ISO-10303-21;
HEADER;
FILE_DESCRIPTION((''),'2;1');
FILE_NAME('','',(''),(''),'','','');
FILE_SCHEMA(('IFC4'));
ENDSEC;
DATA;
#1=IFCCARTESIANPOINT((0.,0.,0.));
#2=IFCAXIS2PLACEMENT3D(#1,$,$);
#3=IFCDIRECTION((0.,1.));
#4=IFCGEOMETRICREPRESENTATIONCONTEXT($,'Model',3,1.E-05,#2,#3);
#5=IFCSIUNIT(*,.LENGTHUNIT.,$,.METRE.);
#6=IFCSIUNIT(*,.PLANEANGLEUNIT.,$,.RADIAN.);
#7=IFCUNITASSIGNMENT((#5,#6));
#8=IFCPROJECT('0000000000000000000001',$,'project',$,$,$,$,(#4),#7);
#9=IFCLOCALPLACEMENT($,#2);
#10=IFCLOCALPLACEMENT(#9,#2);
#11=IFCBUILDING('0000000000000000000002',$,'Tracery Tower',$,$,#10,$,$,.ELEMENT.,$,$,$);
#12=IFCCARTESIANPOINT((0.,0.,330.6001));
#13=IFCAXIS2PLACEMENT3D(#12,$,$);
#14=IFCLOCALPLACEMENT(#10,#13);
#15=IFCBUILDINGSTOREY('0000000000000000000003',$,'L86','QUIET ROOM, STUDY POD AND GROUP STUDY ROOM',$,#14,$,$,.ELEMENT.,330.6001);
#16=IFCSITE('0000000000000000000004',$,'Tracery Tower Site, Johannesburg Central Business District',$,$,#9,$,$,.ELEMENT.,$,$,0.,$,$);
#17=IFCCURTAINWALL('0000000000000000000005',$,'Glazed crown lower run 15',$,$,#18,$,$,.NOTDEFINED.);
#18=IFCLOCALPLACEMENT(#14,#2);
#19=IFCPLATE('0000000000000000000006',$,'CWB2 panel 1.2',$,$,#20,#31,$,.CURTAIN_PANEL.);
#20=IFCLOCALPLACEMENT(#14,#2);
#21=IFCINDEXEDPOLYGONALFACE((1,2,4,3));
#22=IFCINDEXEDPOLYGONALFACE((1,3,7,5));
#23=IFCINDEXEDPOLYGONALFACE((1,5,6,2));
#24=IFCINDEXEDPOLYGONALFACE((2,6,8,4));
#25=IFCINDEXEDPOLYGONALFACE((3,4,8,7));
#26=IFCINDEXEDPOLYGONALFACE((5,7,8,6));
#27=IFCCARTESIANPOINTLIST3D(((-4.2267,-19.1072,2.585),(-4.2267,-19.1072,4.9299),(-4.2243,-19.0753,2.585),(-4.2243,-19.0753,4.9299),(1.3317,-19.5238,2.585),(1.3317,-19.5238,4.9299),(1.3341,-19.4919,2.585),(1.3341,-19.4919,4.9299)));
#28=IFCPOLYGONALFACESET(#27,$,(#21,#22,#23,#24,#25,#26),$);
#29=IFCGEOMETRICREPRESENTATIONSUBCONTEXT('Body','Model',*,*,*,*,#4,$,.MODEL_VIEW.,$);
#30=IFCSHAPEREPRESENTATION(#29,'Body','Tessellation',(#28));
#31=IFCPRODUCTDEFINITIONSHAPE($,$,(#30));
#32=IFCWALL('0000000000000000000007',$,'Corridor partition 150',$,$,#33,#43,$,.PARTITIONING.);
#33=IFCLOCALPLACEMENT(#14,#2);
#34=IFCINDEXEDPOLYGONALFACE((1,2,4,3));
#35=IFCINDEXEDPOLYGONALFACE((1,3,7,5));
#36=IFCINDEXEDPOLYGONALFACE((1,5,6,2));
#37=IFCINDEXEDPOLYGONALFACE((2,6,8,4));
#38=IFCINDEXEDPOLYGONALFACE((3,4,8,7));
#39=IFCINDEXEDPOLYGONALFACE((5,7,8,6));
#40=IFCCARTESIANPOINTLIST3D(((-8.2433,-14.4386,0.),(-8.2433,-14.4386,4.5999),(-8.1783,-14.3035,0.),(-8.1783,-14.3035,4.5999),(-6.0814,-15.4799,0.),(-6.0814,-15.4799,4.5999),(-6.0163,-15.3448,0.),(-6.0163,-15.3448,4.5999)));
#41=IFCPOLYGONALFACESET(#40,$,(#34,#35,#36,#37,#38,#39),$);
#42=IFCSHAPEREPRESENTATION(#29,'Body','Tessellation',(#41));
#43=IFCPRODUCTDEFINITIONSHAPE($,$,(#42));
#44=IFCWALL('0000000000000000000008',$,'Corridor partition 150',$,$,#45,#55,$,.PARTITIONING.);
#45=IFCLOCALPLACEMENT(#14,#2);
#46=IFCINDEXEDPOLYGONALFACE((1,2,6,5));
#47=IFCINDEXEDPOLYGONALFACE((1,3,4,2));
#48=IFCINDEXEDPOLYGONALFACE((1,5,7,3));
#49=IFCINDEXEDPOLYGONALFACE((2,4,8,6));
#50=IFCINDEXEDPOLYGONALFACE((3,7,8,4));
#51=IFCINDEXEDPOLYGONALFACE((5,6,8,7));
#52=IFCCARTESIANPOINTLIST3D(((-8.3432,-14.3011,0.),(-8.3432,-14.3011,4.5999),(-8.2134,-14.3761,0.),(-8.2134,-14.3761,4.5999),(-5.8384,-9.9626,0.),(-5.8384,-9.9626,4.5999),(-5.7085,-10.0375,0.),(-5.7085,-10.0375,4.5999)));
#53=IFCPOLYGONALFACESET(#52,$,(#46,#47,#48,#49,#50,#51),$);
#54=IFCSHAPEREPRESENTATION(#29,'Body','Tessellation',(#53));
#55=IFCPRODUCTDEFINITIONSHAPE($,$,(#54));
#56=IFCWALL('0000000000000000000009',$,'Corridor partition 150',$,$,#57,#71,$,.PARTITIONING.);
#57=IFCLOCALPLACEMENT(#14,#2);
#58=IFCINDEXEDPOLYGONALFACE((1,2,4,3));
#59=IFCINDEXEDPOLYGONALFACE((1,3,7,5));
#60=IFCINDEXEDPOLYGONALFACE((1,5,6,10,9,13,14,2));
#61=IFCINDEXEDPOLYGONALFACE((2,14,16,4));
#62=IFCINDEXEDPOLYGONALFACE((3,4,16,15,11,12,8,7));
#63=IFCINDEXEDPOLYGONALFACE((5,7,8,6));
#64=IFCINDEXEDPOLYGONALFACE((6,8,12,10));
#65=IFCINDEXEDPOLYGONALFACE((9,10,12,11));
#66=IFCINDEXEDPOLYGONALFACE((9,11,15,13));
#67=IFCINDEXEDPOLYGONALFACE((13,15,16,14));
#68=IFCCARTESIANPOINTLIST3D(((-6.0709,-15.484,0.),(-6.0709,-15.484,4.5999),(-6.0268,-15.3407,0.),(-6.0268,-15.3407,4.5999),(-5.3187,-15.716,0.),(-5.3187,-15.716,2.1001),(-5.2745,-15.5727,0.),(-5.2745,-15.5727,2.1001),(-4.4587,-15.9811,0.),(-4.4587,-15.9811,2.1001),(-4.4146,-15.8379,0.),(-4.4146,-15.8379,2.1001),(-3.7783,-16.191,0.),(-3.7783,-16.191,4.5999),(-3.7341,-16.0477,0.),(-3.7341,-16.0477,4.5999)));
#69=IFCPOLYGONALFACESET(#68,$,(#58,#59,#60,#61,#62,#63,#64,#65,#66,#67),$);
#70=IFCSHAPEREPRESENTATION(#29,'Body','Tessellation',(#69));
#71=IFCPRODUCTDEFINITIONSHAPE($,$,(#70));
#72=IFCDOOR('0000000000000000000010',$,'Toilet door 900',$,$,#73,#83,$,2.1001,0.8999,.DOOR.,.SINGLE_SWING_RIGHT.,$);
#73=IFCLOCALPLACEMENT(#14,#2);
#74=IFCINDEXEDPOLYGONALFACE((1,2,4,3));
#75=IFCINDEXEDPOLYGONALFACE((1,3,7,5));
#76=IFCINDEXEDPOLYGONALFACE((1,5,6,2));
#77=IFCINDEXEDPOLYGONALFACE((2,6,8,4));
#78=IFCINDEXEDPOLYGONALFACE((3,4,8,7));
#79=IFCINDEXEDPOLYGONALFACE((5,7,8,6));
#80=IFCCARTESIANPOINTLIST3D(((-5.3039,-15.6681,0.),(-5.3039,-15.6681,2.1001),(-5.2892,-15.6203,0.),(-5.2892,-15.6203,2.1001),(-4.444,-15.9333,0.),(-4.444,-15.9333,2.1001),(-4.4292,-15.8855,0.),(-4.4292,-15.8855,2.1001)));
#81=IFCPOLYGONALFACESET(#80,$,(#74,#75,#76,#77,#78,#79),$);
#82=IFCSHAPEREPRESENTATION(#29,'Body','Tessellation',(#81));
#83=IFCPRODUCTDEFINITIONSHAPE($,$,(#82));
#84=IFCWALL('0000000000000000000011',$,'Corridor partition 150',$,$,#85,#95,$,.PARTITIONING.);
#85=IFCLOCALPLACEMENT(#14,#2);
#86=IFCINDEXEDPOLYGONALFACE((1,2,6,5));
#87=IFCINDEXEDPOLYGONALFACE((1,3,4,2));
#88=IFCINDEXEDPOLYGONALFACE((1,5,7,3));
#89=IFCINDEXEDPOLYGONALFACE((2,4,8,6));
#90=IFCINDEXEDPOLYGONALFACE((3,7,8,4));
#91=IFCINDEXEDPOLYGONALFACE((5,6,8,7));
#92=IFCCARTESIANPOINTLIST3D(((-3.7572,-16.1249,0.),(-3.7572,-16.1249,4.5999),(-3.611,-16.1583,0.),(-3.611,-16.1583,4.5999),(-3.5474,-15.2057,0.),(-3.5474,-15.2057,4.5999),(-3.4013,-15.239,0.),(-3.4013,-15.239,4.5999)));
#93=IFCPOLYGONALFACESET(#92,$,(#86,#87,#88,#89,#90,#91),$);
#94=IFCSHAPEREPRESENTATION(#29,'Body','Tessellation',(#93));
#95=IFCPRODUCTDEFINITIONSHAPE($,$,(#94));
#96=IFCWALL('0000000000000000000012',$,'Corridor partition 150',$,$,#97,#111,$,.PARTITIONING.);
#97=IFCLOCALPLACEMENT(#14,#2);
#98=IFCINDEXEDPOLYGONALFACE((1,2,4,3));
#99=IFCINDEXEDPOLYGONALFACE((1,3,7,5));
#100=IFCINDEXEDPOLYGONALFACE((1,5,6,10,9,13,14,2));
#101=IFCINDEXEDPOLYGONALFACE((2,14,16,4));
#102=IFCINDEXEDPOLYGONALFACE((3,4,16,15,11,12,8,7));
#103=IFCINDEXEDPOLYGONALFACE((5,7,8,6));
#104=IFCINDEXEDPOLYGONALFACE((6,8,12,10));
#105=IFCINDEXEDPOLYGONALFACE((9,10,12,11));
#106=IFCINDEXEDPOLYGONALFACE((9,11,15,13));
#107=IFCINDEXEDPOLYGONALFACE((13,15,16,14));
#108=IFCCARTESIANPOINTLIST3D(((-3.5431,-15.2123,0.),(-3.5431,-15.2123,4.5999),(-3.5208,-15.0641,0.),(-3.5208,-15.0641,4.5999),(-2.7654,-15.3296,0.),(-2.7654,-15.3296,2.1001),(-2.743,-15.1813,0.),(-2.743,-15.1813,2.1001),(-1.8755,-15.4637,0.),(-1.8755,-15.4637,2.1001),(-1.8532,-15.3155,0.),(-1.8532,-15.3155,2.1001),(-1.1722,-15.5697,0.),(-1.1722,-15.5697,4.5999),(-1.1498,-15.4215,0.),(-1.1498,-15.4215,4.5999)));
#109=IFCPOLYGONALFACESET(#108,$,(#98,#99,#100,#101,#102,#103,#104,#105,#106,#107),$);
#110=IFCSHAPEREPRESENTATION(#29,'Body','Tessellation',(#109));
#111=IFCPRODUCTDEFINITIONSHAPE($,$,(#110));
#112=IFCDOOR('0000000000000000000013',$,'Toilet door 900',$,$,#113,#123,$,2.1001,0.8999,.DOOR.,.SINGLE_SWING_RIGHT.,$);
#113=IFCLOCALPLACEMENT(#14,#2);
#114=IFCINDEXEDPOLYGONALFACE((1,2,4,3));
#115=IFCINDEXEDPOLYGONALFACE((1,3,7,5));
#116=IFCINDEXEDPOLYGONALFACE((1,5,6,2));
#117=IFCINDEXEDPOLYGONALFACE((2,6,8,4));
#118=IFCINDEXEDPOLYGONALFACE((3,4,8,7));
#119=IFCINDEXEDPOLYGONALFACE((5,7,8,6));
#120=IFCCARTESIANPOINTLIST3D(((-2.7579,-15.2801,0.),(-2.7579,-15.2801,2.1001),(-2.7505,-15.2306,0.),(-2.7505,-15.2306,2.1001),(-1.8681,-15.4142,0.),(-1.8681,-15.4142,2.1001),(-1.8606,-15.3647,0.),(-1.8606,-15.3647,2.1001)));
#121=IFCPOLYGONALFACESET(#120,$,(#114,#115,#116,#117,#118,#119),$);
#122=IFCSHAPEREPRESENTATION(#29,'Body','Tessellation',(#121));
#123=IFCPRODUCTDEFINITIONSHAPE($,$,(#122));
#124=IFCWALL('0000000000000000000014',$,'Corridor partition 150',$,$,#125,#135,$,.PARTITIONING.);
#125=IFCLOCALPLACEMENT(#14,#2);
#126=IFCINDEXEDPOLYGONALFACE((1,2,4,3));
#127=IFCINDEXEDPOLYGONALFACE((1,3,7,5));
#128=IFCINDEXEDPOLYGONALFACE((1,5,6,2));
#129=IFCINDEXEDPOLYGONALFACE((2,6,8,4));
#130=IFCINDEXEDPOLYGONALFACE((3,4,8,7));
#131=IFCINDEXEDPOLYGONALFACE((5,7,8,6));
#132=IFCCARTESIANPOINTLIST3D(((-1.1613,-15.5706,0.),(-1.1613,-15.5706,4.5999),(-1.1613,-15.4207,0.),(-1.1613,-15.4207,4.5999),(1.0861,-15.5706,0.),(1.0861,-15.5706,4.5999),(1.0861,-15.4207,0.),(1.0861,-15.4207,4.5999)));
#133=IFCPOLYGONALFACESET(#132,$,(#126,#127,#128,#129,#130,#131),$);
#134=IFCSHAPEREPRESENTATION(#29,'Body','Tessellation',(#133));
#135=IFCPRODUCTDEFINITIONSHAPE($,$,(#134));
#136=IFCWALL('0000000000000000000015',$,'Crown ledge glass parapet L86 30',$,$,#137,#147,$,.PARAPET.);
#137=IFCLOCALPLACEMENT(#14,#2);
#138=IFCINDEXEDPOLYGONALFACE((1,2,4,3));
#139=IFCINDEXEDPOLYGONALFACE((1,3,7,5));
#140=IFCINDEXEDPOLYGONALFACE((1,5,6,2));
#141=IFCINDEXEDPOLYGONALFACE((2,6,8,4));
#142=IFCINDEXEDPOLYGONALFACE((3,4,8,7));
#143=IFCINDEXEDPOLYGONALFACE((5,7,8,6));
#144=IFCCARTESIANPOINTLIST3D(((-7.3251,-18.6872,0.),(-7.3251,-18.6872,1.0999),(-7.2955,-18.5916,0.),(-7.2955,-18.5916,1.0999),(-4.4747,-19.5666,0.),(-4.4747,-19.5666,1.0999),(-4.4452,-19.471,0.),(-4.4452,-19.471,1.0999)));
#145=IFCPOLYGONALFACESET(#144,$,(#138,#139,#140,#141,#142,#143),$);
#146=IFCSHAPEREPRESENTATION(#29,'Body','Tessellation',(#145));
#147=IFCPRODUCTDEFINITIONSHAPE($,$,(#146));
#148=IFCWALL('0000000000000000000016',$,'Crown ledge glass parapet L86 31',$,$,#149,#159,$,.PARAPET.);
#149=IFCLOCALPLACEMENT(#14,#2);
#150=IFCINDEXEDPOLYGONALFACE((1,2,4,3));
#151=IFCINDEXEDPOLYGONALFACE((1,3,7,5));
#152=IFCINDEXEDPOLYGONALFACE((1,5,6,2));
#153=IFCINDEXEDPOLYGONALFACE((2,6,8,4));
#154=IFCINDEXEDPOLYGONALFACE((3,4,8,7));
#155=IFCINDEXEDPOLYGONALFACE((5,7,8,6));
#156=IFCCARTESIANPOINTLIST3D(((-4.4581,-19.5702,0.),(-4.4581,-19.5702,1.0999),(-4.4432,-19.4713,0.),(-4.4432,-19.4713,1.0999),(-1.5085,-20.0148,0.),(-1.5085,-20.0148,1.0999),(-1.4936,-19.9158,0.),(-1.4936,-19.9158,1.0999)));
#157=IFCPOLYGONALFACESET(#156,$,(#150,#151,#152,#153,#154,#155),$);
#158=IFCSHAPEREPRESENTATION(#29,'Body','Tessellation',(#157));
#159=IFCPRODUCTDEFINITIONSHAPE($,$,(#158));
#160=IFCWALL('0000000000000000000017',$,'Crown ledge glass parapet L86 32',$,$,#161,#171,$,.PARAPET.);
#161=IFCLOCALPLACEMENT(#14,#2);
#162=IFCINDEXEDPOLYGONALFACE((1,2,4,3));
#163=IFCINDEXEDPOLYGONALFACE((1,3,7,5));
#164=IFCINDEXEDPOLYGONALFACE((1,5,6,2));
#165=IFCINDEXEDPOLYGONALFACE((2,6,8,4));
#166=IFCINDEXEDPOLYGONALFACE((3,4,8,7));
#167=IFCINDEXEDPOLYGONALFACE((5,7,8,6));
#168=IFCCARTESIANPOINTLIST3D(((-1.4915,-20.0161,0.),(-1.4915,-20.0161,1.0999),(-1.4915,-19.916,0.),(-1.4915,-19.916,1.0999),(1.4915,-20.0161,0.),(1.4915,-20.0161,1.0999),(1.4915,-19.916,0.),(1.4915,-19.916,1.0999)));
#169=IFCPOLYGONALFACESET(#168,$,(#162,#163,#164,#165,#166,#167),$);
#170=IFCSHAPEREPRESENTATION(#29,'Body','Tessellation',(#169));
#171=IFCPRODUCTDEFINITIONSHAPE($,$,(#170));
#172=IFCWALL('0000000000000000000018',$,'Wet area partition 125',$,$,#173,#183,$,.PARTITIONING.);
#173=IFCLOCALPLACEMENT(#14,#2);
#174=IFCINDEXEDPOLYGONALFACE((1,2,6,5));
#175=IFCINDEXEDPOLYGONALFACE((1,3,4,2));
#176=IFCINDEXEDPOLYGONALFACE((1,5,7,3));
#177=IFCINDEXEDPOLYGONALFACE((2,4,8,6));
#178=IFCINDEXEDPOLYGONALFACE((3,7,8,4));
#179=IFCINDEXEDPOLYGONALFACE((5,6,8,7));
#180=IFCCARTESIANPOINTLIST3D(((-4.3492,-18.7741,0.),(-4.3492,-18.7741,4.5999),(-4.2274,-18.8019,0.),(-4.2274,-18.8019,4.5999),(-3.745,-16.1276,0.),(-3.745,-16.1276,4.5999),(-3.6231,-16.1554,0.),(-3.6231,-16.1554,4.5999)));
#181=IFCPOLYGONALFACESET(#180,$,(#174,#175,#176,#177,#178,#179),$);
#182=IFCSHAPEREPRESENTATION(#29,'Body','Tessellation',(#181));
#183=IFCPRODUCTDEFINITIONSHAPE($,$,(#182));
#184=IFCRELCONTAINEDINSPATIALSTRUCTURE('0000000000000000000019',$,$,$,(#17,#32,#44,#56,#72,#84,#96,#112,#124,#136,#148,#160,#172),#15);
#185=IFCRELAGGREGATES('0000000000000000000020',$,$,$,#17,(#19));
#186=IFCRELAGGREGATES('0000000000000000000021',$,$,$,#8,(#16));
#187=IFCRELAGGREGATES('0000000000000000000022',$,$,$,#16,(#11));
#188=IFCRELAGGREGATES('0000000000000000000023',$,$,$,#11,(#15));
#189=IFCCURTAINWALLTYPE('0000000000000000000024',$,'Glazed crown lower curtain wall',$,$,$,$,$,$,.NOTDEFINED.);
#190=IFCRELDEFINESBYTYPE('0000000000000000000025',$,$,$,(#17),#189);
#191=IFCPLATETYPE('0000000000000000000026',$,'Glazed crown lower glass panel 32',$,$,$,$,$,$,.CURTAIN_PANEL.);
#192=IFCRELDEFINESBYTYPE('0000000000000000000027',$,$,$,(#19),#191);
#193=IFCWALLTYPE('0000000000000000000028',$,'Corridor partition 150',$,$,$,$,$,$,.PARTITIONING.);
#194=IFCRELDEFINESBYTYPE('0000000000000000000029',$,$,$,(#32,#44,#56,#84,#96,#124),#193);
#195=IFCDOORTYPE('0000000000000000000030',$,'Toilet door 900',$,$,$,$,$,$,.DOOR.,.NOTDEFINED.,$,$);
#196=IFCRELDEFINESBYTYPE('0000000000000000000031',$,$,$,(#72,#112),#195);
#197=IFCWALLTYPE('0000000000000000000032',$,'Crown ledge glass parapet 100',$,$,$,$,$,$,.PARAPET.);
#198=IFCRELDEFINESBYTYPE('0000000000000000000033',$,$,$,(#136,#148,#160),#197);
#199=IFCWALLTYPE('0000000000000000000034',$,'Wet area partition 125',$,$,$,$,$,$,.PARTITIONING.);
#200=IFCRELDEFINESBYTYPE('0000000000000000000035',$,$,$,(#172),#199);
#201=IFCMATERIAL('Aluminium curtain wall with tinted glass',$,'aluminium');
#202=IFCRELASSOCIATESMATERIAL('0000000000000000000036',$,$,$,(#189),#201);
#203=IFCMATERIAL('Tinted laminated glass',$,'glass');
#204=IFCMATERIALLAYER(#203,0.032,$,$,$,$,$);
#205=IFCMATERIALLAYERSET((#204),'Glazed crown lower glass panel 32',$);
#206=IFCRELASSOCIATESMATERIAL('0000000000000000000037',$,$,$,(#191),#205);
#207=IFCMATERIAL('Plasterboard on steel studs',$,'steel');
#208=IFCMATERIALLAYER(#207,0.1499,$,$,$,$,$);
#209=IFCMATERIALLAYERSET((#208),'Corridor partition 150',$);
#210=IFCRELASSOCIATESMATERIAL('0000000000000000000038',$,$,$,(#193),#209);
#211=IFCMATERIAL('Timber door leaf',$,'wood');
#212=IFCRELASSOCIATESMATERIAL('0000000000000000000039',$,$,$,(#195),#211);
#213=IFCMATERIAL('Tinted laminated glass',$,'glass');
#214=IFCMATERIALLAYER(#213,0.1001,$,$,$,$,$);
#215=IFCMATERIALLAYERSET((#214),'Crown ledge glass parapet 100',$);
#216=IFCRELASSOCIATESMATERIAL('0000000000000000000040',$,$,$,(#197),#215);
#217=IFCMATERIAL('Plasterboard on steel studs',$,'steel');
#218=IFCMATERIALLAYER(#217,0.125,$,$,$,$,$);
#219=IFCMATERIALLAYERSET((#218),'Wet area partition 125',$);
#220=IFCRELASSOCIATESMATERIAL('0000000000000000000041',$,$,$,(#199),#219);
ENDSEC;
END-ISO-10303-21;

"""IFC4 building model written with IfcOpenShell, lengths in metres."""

from ifc_helpers import new_model, si_unit, direction, frame, frame_2d, origin, origin_2d, place, context, subcontext, project, spatial, rectangle, extrude, material, layer, layer_set, type_object, element, fill, aggregate, save


model = new_model("IFC4")

# Units and contexts
model_context = context("Model", 3, precision=1e-05, world=origin(), true_north=direction((0.0, 1.0)))
body_context = subcontext(model_context, "Body", "Model", "MODEL_VIEW")
ifc_project = project(units=[si_unit("LENGTHUNIT", "METRE"), si_unit("PLANEANGLEUNIT", "RADIAN")], contexts=[model_context])

# Site, building, storey
site_placement = place(None, origin())
site = spatial("IfcSite", under=ifc_project, at=site_placement, Name="Tracery Tower Site, Johannesburg Central Business District", CompositionType="ELEMENT", RefElevation=0.0)
building_placement = place(site_placement, origin())
building = spatial("IfcBuilding", under=site, at=building_placement, Name="Tracery Tower", CompositionType="ELEMENT")
storey_placement = place(building_placement, frame((0.0, 0.0, 330.6001)))
storey = spatial("IfcBuildingStorey", under=building, at=storey_placement, Name="L86", Description="QUIET ROOM, STUDY POD AND GROUP STUDY ROOM", CompositionType="ELEMENT", Elevation=330.6001)

# Shared definitions
ifc_material_1 = material(Name="Aluminium curtain wall with tinted glass", Category="aluminium")
curtain_wall_type = type_object("IfcCurtainWallType", Name="Glazed crown lower curtain wall", PredefinedType="NOTDEFINED", material=ifc_material_1)

# Curtain wall
curtain_wall_1_placement = place(storey_placement, origin())
curtain_wall_1 = element("IfcCurtainWall", 1, at=curtain_wall_1_placement, inside=storey, type_object=curtain_wall_type, Name="Glazed crown lower run 15", PredefinedType="NOTDEFINED")

# Plate
ifc_material_2 = material(Name="Tinted laminated glass", Category="glass")
ifc_layer_1 = layer(ifc_material_2, 0.032)
ifc_layer_set_1 = layer_set([ifc_layer_1], Name="Glazed crown lower glass panel 32")
plate_type = type_object("IfcPlateType", Name="Glazed crown lower glass panel 32", PredefinedType="CURTAIN_PANEL", material=ifc_layer_set_1)
plate_1_placement = place(storey_placement, frame((-1.4463, -19.2996, 2.585), z_axis=(0.0, 0.0, 1.0), x_axis=(0.997204, -0.074729, 0.0)))
plate_1 = element("IfcPlate", 2, at=plate_1_placement, type_object=plate_type, Name="CWB2 panel 1.2", PredefinedType="CURTAIN_PANEL", context=body_context, shape_type="SweptSolid", body=[
    extrude(rectangle(XDim=5.574, YDim=0.032, at=origin_2d()), origin(), (0.0, 0.0, 1.0), 2.345),
])
aggregate(curtain_wall_1, [plate_1])

# Walls
ifc_material_3 = material(Name="Plasterboard on steel studs", Category="steel")
ifc_layer_2 = layer(ifc_material_3, 0.1499)
ifc_layer_set_2 = layer_set([ifc_layer_2], Name="Corridor partition 150")
wall_type_1 = type_object("IfcWallType", Name="Corridor partition 150", PredefinedType="PARTITIONING", material=ifc_layer_set_2)
wall_1_placement = place(storey_placement, frame((-8.2107, -14.3711, 0.0), z_axis=(0.0, 0.0, 1.0), x_axis=(0.900943, -0.433938, 0.0)))
element("IfcWall", 3, at=wall_1_placement, inside=storey, type_object=wall_type_1, Name="Corridor partition 150", PredefinedType="PARTITIONING", context=body_context, shape_type="SweptSolid", body=[
    extrude(rectangle(XDim=2.3997, YDim=0.1499, at=frame_2d((1.1997, 0.0))), origin(), (0.0, 0.0, 1.0), 4.5999),
])
wall_2_placement = place(storey_placement, frame((-8.2783, -14.3386, 0.0), z_axis=(0.0, 0.0, 1.0), x_axis=(0.499997, 0.866027, 0.0)))
element("IfcWall", 4, at=wall_2_placement, inside=storey, type_object=wall_type_1, Name="Corridor partition 150", PredefinedType="PARTITIONING", context=body_context, shape_type="SweptSolid", body=[
    extrude(rectangle(XDim=5.0098, YDim=0.1499, at=frame_2d((2.5049, 0.0))), origin(), (0.0, 0.0, 1.0), 4.5999),
])

# Wall, opening, door
wall_3_placement = place(storey_placement, frame((-3.7561, -16.1194, 0.0), z_axis=(0.0, 0.0, 1.0), x_axis=(-0.955594, 0.294686, 0.0)))
wall_3 = element("IfcWall", 5, at=wall_3_placement, inside=storey, type_object=wall_type_1, Name="Corridor partition 150", PredefinedType="PARTITIONING", context=body_context, shape_type="SweptSolid", body=[
    extrude(rectangle(XDim=2.3992, YDim=0.1499, at=frame_2d((1.1997, 0.0))), origin(), (0.0, 0.0, 1.0), 4.5999),
])
opening_1_placement = place(wall_3_placement, frame((0.7122, 0.0, 0.0)))
opening_1 = element("IfcOpeningElement", 6, at=opening_1_placement, cuts=wall_3, PredefinedType="OPENING", context=body_context, shape_type="SweptSolid", body=[
    extrude(rectangle(XDim=0.8999, YDim=2.1001, at=frame_2d((0.45, 1.05))), frame((0.0, 0.075, 0.0), z_axis=(0.0, -1.0, 0.0), x_axis=(1.0, 0.0, 0.0)), (0.0, 0.0, 1.0), 0.1499),
])
ifc_material_4 = material(Name="Timber door leaf", Category="wood")
door_type = type_object("IfcDoorType", Name="Toilet door 900", OperationType="NOTDEFINED", PredefinedType="DOOR", material=ifc_material_4)
door_1_placement = place(opening_1_placement, origin())
door_1 = element("IfcDoor", 7, at=door_1_placement, inside=storey, type_object=door_type, Name="Toilet door 900", OperationType="SINGLE_SWING_RIGHT", OverallHeight=2.1001, OverallWidth=0.8999, PredefinedType="DOOR", context=body_context, shape_type="SweptSolid", body=[
    extrude(rectangle(XDim=0.8999, YDim=2.1001, at=frame_2d((0.45, 1.05))), frame((0.0, 0.0249, 0.0), z_axis=(0.0, -1.0, 0.0), x_axis=(1.0, 0.0, 0.0)), (0.0, 0.0, 1.0), 0.05),
])
fill(opening_1, door_1)

# Wall
wall_4_placement = place(storey_placement, frame((-3.6841, -16.1416, 0.0), z_axis=(0.0, 0.0, 1.0), x_axis=(0.222438, 0.974947, 0.0)))
element("IfcWall", 8, at=wall_4_placement, inside=storey, type_object=wall_type_1, Name="Corridor partition 150", PredefinedType="PARTITIONING", context=body_context, shape_type="SweptSolid", body=[
    extrude(rectangle(XDim=0.9429, YDim=0.1499, at=frame_2d((0.4714, 0.0))), origin(), (0.0, 0.0, 1.0), 4.5999),
])

# Wall, opening, door
wall_5_placement = place(storey_placement, frame((-1.1611, -15.4956, 0.0), z_axis=(0.0, 0.0, 1.0), x_axis=(-0.988826, 0.149072, 0.0)))
wall_5 = element("IfcWall", 9, at=wall_5_placement, inside=storey, type_object=wall_type_1, Name="Corridor partition 150", PredefinedType="PARTITIONING", context=body_context, shape_type="SweptSolid", body=[
    extrude(rectangle(XDim=2.3977, YDim=0.1499, at=frame_2d((1.1987, 0.0))), origin(), (0.0, 0.0, 1.0), 4.5999),
])
opening_2_placement = place(wall_5_placement, frame((0.7112, 0.0, 0.0)))
opening_2 = element("IfcOpeningElement", 10, at=opening_2_placement, cuts=wall_5, PredefinedType="OPENING", context=body_context, shape_type="SweptSolid", body=[
    extrude(rectangle(XDim=0.8999, YDim=2.1001, at=frame_2d((0.45, 1.05))), frame((0.0, 0.075, 0.0), z_axis=(0.0, -1.0, 0.0), x_axis=(1.0, 0.0, 0.0)), (0.0, 0.0, 1.0), 0.1499),
])
door_2_placement = place(opening_2_placement, origin())
door_2 = element("IfcDoor", 11, at=door_2_placement, inside=storey, type_object=door_type, Name="Toilet door 900", OperationType="SINGLE_SWING_RIGHT", OverallHeight=2.1001, OverallWidth=0.8999, PredefinedType="DOOR", context=body_context, shape_type="SweptSolid", body=[
    extrude(rectangle(XDim=0.8999, YDim=2.1001, at=frame_2d((0.45, 1.05))), frame((0.0, 0.0249, 0.0), z_axis=(0.0, -1.0, 0.0), x_axis=(1.0, 0.0, 0.0)), (0.0, 0.0, 1.0), 0.05),
])
fill(opening_2, door_2)

# Walls
wall_6_placement = place(storey_placement, frame((-1.1611, -15.4956, 0.0), z_axis=(0.0, 0.0, 1.0), x_axis=(1.0, 0.0, 0.0)))
element("IfcWall", 12, at=wall_6_placement, inside=storey, type_object=wall_type_1, Name="Corridor partition 150", PredefinedType="PARTITIONING", context=body_context, shape_type="SweptSolid", body=[
    extrude(rectangle(XDim=2.2473, YDim=0.1499, at=frame_2d((1.1235, 0.0))), origin(), (0.0, 0.0, 1.0), 4.5999),
])
ifc_material_5 = material(Name="Tinted laminated glass", Category="glass")
ifc_layer_3 = layer(ifc_material_5, 0.1001)
ifc_layer_set_3 = layer_set([ifc_layer_3], Name="Crown ledge glass parapet 100")
wall_type_2 = type_object("IfcWallType", Name="Crown ledge glass parapet 100", PredefinedType="PARAPET", material=ifc_layer_set_3)
for number, where, z_axis, x_axis, name in (
    (13, (-7.3103, -18.6394, 0.0), (0.0, 0.0, 1.0), (0.955556, -0.29481, 0.0), "Crown ledge glass parapet L86 30"),
    (14, (-4.4507, -19.5208, 0.0), (0.0, 0.0, 1.0), (0.988832, -0.149037, 0.0), "Crown ledge glass parapet L86 31"),
    (15, (-1.4915, -19.9661, 0.0), (0.0, 0.0, 1.0), (1.0, 0.0, 0.0), "Crown ledge glass parapet L86 32"),
):
    element("IfcWall", number, at=place(storey_placement, frame(where, z_axis=z_axis, x_axis=x_axis)), inside=storey, type_object=wall_type_2, Name=name, PredefinedType="PARAPET", context=body_context, shape_type="SweptSolid", body=[
        extrude(rectangle(XDim=2.9829, YDim=0.1001, at=frame_2d((1.4915, 0.0))), origin(), (0.0, 0.0, 1.0), 1.0999),
    ])
ifc_material_6 = material(Name="Plasterboard on steel studs", Category="steel")
ifc_layer_4 = layer(ifc_material_6, 0.125)
ifc_layer_set_4 = layer_set([ifc_layer_4], Name="Wet area partition 125")
wall_type_3 = type_object("IfcWallType", Name="Wet area partition 125", PredefinedType="PARTITIONING", material=ifc_layer_set_4)
wall_7_placement = place(storey_placement, frame((-4.2883, -18.7881, 0.0), z_axis=(0.0, 0.0, 1.0), x_axis=(0.222593, 0.974912, 0.0)))
element("IfcWall", 16, at=wall_7_placement, inside=storey, type_object=wall_type_3, Name="Wet area partition 125", PredefinedType="PARTITIONING", context=body_context, shape_type="SweptSolid", body=[
    extrude(rectangle(XDim=2.7146, YDim=0.125, at=frame_2d((1.3574, 0.0))), origin(), (0.0, 0.0, 1.0), 4.5999),
])

save(model, "model.ifc")
